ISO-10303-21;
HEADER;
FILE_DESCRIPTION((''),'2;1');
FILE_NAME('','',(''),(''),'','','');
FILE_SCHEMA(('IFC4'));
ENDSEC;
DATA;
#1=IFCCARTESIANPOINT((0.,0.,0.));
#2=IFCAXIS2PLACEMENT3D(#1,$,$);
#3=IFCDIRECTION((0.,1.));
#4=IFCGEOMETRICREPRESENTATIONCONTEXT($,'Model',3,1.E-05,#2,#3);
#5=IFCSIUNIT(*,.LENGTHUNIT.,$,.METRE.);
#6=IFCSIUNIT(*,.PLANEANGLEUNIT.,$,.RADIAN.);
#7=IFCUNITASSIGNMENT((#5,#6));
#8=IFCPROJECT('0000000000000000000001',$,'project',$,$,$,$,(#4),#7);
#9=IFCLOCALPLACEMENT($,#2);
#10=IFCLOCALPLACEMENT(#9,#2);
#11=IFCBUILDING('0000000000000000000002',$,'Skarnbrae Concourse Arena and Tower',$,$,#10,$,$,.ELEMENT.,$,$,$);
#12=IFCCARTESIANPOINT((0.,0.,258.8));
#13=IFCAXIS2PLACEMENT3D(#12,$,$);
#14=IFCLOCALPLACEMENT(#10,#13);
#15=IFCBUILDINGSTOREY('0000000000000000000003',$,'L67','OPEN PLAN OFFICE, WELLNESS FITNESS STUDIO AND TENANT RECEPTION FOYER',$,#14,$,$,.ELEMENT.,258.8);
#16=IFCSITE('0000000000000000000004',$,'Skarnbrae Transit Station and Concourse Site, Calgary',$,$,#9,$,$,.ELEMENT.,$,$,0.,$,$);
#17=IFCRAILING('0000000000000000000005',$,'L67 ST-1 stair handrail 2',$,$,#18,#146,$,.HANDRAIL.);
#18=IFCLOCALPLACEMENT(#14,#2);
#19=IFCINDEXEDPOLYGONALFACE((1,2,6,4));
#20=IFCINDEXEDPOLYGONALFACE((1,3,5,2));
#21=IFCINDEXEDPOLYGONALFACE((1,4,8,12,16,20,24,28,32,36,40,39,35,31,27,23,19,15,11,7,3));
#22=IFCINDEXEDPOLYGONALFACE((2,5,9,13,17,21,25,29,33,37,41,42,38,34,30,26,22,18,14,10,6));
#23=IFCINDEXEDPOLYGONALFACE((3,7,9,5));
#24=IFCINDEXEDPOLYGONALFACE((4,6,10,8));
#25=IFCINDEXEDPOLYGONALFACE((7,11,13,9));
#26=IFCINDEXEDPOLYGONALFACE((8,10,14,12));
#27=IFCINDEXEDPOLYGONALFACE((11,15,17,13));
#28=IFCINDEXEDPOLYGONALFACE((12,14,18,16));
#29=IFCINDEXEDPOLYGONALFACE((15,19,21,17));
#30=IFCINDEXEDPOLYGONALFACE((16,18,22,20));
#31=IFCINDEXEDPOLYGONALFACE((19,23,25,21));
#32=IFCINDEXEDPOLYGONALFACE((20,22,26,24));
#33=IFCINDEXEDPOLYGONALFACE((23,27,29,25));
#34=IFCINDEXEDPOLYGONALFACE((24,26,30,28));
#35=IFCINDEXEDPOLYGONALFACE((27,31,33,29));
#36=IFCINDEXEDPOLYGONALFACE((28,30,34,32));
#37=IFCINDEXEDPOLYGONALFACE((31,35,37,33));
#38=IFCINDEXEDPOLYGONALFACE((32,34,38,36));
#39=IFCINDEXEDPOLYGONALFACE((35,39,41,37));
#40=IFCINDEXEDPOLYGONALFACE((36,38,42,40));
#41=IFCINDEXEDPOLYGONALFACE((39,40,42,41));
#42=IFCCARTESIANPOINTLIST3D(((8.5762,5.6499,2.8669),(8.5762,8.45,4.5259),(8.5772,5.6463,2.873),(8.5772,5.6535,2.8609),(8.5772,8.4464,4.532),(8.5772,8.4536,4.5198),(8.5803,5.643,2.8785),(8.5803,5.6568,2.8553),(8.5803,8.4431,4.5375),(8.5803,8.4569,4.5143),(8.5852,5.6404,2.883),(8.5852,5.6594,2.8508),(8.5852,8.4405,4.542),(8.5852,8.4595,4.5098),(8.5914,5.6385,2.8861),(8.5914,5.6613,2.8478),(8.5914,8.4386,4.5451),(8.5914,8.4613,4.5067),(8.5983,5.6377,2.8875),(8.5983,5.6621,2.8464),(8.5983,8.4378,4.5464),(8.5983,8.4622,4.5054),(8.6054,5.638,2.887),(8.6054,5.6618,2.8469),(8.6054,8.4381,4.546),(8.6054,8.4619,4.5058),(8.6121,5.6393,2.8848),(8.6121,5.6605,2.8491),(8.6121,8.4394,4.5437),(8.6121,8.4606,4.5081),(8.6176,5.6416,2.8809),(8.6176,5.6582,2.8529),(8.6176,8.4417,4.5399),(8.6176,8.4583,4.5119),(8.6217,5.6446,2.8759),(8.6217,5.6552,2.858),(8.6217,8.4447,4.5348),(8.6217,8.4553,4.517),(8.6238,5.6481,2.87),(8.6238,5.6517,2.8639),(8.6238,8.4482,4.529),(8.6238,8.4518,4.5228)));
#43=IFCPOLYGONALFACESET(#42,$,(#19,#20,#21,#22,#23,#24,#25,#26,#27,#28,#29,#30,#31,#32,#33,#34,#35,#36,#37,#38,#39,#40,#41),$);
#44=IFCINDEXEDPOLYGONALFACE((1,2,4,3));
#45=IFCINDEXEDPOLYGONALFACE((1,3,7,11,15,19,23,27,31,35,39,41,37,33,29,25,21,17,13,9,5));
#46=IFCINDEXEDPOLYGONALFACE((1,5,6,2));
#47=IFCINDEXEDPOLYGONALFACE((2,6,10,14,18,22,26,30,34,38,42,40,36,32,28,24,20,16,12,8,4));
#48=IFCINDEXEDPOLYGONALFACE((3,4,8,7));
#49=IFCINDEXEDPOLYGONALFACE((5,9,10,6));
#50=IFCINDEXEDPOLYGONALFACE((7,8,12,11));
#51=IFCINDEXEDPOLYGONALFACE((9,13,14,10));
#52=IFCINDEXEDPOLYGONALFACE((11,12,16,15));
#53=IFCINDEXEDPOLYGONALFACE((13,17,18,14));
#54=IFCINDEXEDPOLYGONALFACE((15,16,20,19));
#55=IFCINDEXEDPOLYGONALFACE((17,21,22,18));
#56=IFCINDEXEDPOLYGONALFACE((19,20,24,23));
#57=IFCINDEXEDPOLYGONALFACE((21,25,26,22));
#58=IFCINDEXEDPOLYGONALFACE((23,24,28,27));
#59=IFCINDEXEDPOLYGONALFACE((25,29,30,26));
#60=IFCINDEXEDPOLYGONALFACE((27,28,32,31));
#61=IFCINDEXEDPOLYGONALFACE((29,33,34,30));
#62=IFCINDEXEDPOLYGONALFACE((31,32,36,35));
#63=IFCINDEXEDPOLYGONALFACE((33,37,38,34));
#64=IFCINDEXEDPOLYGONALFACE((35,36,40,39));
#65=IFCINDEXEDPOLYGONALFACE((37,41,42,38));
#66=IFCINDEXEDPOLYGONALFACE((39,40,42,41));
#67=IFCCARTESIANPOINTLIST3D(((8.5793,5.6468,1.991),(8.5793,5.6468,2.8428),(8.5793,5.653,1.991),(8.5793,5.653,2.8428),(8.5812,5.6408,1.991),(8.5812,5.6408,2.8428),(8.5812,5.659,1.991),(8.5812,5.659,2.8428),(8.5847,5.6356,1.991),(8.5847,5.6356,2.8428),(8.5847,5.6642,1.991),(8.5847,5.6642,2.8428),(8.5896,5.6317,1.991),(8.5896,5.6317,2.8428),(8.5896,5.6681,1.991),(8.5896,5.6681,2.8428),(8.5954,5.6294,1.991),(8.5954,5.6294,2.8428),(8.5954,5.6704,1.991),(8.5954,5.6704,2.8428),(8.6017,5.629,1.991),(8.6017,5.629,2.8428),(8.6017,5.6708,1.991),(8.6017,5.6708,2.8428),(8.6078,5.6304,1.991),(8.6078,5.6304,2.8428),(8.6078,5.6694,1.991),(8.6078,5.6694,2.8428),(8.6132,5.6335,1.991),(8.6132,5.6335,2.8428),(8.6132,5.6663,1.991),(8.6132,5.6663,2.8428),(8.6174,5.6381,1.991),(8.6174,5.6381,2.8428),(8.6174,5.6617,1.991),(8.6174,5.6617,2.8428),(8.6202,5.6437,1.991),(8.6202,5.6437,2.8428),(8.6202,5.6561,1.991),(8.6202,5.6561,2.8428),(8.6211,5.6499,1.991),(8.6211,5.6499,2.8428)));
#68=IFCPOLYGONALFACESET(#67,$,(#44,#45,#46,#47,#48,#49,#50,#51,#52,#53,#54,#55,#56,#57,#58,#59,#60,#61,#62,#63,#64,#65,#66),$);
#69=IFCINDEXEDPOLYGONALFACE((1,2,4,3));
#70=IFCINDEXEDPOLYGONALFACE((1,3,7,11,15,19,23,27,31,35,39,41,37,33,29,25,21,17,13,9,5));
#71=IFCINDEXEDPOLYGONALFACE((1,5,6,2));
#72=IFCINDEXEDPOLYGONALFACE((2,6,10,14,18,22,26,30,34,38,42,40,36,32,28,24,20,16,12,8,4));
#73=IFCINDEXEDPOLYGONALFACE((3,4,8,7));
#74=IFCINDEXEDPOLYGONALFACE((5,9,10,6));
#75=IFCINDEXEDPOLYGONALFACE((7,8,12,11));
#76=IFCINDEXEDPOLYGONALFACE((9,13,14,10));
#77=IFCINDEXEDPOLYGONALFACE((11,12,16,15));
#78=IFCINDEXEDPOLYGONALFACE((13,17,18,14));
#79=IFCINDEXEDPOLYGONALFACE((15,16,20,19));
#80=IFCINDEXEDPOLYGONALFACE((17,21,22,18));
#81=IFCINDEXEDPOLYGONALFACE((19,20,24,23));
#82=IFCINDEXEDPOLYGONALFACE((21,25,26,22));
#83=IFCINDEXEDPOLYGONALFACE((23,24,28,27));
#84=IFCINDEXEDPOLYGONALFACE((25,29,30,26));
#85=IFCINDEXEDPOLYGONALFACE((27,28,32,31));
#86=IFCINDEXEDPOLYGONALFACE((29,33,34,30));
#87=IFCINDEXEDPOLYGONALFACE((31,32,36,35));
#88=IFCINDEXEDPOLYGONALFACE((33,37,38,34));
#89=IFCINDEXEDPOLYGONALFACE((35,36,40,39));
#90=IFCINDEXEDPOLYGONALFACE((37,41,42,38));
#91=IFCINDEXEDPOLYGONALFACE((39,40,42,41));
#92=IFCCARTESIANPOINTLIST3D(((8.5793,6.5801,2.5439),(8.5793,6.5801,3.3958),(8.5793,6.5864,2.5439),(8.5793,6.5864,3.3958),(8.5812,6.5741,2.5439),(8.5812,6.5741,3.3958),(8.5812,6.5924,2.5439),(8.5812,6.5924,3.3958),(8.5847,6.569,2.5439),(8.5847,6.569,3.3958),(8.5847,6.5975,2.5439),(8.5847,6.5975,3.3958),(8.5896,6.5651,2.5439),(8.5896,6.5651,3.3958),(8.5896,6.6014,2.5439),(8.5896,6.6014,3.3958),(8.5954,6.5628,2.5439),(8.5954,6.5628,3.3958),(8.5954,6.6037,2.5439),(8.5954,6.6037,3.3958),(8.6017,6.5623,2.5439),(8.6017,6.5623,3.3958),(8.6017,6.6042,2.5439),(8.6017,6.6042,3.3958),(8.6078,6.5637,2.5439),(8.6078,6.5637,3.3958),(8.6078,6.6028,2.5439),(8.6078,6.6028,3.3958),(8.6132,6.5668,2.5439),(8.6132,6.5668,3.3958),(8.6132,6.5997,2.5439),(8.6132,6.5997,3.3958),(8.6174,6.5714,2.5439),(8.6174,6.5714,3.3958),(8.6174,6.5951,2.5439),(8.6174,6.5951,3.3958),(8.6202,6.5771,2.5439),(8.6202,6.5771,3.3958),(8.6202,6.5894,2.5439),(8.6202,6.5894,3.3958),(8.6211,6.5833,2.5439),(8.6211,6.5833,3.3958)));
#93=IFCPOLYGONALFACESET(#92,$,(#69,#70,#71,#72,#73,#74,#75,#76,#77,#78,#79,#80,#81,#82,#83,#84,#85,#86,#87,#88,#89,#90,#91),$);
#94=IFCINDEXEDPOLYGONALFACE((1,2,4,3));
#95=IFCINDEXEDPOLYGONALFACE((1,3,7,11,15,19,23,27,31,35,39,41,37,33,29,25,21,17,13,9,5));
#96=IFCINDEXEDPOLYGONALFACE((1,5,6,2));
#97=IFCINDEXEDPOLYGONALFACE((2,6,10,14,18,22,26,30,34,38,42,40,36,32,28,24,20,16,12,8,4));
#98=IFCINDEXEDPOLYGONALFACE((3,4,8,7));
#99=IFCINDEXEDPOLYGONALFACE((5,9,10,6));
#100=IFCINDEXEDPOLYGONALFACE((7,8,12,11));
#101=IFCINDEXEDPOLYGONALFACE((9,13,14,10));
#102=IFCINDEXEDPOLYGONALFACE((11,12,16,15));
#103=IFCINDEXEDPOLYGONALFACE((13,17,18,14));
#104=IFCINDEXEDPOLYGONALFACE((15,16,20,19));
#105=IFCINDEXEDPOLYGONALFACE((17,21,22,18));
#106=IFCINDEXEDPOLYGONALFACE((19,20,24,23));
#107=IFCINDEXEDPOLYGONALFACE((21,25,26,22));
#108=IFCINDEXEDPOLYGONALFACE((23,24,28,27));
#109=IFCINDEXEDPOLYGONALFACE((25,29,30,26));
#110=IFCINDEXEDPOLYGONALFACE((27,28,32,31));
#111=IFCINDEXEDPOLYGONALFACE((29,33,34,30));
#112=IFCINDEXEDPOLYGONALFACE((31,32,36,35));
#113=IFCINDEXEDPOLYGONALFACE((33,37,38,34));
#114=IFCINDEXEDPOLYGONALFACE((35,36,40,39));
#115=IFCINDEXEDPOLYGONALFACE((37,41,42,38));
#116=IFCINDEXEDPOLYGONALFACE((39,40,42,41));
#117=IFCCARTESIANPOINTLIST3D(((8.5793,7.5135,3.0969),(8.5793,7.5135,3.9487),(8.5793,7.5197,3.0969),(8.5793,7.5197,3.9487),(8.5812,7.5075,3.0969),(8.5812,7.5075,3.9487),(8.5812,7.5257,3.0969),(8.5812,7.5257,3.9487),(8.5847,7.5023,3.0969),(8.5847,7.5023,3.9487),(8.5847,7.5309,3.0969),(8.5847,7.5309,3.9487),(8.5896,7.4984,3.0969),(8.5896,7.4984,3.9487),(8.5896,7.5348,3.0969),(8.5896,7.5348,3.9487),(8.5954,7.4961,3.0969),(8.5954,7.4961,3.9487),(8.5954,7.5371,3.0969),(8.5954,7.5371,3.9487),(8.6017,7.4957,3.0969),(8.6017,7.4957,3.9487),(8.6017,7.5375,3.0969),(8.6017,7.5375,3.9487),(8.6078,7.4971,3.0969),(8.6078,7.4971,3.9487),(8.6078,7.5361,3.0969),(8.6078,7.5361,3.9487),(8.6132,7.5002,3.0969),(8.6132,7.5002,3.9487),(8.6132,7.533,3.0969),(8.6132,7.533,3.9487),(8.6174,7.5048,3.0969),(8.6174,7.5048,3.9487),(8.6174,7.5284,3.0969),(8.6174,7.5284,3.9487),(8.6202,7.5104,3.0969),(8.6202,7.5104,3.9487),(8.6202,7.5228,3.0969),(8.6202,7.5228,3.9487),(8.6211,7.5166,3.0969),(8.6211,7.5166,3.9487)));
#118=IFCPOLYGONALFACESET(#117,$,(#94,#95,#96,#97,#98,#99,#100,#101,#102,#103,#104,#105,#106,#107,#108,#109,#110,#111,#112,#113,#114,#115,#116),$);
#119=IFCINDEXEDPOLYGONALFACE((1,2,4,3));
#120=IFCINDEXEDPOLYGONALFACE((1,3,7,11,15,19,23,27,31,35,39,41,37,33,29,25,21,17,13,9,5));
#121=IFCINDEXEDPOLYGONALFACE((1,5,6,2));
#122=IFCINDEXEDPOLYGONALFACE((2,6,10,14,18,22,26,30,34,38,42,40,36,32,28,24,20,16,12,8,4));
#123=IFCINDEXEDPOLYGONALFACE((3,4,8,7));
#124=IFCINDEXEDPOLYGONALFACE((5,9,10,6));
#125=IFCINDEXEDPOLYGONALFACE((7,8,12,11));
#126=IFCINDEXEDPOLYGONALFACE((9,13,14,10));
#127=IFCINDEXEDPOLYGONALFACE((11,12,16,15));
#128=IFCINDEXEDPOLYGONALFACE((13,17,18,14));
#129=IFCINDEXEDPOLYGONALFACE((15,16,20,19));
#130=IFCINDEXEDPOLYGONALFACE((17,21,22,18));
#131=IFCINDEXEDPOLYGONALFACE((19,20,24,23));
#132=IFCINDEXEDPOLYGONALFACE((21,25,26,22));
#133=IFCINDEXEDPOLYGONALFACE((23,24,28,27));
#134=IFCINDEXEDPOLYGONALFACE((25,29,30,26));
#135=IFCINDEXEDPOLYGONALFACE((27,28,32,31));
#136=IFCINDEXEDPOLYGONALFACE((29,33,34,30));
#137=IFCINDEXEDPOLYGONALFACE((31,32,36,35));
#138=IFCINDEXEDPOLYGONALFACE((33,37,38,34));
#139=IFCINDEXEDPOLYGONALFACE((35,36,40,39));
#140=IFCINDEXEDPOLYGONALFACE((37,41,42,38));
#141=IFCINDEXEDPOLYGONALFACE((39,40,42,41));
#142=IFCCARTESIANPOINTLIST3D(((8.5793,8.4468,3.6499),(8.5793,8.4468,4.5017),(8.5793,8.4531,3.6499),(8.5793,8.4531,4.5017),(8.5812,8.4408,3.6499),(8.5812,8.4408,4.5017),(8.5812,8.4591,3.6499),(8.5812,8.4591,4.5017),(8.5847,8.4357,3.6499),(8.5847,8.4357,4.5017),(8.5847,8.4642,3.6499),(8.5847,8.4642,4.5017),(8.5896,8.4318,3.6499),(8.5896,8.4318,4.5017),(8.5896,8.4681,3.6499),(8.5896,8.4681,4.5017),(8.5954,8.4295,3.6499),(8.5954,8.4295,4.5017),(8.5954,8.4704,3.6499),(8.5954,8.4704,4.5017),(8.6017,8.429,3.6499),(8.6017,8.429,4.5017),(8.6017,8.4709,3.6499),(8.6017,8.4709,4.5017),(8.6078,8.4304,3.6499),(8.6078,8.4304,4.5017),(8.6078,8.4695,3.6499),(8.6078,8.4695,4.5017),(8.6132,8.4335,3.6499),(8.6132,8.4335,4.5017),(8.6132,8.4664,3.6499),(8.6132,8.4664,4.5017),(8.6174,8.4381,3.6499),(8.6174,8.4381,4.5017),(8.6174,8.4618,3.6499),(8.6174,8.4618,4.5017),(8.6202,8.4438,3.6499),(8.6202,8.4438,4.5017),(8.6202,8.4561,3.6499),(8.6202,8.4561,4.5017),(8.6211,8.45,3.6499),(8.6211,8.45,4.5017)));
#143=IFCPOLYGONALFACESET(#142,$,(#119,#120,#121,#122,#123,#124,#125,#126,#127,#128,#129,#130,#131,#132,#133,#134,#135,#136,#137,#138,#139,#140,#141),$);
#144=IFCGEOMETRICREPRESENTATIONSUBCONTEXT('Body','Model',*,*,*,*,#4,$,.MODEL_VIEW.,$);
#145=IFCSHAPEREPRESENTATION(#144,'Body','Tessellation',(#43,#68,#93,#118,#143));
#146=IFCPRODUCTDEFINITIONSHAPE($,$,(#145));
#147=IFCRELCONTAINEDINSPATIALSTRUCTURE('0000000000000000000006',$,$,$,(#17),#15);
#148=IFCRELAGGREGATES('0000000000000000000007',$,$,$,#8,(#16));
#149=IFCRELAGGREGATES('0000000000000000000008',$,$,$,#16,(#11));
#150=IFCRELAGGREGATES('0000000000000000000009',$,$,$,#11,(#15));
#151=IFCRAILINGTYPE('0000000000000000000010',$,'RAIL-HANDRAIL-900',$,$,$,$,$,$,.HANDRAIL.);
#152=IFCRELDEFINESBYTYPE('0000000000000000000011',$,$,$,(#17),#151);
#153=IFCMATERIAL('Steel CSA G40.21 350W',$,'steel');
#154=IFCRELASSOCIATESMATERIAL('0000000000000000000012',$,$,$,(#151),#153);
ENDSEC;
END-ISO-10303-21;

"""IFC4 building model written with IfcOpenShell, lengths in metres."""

from ifc_helpers import new_model, si_unit, direction, frame, origin, origin_2d, place, context, subcontext, project, spatial, circle, extrude, material, type_object, element, save


model = new_model("IFC4")

# Units and contexts
model_context = context("Model", 3, precision=1e-05, world=origin(), true_north=direction((0.0, 1.0)))
body_context = subcontext(model_context, "Body", "Model", "MODEL_VIEW")
ifc_project = project(units=[si_unit("LENGTHUNIT", "METRE"), si_unit("PLANEANGLEUNIT", "RADIAN")], contexts=[model_context])

# Site, building, storey
site_placement = place(None, origin())
site = spatial("IfcSite", under=ifc_project, at=site_placement, Name="Skarnbrae Transit Station and Concourse Site, Calgary", CompositionType="ELEMENT", RefElevation=0.0)
building_placement = place(site_placement, origin())
building = spatial("IfcBuilding", under=site, at=building_placement, Name="Skarnbrae Concourse Arena and Tower", CompositionType="ELEMENT")
storey_placement = place(building_placement, frame((0.0, 0.0, 258.8)))
storey = spatial("IfcBuildingStorey", under=building, at=storey_placement, Name="L67", Description="OPEN PLAN OFFICE, WELLNESS FITNESS STUDIO AND TENANT RECEPTION FOYER", CompositionType="ELEMENT", Elevation=258.8)

# Shared definitions
ifc_material_1 = material(Name="Steel CSA G40.21 350W", Category="steel")

# Railing
railing_type_1 = type_object("IfcRailingType", Name="RAIL-HANDRAIL-900", PredefinedType="HANDRAIL", material=ifc_material_1)
railing_1_placement = place(storey_placement, frame((8.6001, 5.6499, 1.991)))
element("IfcRailing", 1, at=railing_1_placement, inside=storey, type_object=railing_type_1, Name="L67 ST-1 stair handrail 2", PredefinedType="HANDRAIL", context=body_context, shape_type="SweptSolid", body=[
    extrude(circle(Radius=0.0239, at=origin_2d()), frame((0.0, 0.0, 0.876), z_axis=(0.0, 0.860339, 0.509722), x_axis=(-1.0, 0.0, 0.0)), (0.0, 0.0, 1.0), 3.2546),
    extrude(circle(Radius=0.021, at=origin_2d()), origin(), (0.0, 0.0, 1.0), 0.8518),
    extrude(circle(Radius=0.021, at=origin_2d()), frame((0.0, 0.9333, 0.553)), (0.0, 0.0, 1.0), 0.8518),
    extrude(circle(Radius=0.021, at=origin_2d()), frame((0.0, 1.8667, 1.106)), (0.0, 0.0, 1.0), 0.8518),
    extrude(circle(Radius=0.021, at=origin_2d()), frame((0.0, 2.8, 1.6589)), (0.0, 0.0, 1.0), 0.8518),
])

save(model, "model.ifc")
